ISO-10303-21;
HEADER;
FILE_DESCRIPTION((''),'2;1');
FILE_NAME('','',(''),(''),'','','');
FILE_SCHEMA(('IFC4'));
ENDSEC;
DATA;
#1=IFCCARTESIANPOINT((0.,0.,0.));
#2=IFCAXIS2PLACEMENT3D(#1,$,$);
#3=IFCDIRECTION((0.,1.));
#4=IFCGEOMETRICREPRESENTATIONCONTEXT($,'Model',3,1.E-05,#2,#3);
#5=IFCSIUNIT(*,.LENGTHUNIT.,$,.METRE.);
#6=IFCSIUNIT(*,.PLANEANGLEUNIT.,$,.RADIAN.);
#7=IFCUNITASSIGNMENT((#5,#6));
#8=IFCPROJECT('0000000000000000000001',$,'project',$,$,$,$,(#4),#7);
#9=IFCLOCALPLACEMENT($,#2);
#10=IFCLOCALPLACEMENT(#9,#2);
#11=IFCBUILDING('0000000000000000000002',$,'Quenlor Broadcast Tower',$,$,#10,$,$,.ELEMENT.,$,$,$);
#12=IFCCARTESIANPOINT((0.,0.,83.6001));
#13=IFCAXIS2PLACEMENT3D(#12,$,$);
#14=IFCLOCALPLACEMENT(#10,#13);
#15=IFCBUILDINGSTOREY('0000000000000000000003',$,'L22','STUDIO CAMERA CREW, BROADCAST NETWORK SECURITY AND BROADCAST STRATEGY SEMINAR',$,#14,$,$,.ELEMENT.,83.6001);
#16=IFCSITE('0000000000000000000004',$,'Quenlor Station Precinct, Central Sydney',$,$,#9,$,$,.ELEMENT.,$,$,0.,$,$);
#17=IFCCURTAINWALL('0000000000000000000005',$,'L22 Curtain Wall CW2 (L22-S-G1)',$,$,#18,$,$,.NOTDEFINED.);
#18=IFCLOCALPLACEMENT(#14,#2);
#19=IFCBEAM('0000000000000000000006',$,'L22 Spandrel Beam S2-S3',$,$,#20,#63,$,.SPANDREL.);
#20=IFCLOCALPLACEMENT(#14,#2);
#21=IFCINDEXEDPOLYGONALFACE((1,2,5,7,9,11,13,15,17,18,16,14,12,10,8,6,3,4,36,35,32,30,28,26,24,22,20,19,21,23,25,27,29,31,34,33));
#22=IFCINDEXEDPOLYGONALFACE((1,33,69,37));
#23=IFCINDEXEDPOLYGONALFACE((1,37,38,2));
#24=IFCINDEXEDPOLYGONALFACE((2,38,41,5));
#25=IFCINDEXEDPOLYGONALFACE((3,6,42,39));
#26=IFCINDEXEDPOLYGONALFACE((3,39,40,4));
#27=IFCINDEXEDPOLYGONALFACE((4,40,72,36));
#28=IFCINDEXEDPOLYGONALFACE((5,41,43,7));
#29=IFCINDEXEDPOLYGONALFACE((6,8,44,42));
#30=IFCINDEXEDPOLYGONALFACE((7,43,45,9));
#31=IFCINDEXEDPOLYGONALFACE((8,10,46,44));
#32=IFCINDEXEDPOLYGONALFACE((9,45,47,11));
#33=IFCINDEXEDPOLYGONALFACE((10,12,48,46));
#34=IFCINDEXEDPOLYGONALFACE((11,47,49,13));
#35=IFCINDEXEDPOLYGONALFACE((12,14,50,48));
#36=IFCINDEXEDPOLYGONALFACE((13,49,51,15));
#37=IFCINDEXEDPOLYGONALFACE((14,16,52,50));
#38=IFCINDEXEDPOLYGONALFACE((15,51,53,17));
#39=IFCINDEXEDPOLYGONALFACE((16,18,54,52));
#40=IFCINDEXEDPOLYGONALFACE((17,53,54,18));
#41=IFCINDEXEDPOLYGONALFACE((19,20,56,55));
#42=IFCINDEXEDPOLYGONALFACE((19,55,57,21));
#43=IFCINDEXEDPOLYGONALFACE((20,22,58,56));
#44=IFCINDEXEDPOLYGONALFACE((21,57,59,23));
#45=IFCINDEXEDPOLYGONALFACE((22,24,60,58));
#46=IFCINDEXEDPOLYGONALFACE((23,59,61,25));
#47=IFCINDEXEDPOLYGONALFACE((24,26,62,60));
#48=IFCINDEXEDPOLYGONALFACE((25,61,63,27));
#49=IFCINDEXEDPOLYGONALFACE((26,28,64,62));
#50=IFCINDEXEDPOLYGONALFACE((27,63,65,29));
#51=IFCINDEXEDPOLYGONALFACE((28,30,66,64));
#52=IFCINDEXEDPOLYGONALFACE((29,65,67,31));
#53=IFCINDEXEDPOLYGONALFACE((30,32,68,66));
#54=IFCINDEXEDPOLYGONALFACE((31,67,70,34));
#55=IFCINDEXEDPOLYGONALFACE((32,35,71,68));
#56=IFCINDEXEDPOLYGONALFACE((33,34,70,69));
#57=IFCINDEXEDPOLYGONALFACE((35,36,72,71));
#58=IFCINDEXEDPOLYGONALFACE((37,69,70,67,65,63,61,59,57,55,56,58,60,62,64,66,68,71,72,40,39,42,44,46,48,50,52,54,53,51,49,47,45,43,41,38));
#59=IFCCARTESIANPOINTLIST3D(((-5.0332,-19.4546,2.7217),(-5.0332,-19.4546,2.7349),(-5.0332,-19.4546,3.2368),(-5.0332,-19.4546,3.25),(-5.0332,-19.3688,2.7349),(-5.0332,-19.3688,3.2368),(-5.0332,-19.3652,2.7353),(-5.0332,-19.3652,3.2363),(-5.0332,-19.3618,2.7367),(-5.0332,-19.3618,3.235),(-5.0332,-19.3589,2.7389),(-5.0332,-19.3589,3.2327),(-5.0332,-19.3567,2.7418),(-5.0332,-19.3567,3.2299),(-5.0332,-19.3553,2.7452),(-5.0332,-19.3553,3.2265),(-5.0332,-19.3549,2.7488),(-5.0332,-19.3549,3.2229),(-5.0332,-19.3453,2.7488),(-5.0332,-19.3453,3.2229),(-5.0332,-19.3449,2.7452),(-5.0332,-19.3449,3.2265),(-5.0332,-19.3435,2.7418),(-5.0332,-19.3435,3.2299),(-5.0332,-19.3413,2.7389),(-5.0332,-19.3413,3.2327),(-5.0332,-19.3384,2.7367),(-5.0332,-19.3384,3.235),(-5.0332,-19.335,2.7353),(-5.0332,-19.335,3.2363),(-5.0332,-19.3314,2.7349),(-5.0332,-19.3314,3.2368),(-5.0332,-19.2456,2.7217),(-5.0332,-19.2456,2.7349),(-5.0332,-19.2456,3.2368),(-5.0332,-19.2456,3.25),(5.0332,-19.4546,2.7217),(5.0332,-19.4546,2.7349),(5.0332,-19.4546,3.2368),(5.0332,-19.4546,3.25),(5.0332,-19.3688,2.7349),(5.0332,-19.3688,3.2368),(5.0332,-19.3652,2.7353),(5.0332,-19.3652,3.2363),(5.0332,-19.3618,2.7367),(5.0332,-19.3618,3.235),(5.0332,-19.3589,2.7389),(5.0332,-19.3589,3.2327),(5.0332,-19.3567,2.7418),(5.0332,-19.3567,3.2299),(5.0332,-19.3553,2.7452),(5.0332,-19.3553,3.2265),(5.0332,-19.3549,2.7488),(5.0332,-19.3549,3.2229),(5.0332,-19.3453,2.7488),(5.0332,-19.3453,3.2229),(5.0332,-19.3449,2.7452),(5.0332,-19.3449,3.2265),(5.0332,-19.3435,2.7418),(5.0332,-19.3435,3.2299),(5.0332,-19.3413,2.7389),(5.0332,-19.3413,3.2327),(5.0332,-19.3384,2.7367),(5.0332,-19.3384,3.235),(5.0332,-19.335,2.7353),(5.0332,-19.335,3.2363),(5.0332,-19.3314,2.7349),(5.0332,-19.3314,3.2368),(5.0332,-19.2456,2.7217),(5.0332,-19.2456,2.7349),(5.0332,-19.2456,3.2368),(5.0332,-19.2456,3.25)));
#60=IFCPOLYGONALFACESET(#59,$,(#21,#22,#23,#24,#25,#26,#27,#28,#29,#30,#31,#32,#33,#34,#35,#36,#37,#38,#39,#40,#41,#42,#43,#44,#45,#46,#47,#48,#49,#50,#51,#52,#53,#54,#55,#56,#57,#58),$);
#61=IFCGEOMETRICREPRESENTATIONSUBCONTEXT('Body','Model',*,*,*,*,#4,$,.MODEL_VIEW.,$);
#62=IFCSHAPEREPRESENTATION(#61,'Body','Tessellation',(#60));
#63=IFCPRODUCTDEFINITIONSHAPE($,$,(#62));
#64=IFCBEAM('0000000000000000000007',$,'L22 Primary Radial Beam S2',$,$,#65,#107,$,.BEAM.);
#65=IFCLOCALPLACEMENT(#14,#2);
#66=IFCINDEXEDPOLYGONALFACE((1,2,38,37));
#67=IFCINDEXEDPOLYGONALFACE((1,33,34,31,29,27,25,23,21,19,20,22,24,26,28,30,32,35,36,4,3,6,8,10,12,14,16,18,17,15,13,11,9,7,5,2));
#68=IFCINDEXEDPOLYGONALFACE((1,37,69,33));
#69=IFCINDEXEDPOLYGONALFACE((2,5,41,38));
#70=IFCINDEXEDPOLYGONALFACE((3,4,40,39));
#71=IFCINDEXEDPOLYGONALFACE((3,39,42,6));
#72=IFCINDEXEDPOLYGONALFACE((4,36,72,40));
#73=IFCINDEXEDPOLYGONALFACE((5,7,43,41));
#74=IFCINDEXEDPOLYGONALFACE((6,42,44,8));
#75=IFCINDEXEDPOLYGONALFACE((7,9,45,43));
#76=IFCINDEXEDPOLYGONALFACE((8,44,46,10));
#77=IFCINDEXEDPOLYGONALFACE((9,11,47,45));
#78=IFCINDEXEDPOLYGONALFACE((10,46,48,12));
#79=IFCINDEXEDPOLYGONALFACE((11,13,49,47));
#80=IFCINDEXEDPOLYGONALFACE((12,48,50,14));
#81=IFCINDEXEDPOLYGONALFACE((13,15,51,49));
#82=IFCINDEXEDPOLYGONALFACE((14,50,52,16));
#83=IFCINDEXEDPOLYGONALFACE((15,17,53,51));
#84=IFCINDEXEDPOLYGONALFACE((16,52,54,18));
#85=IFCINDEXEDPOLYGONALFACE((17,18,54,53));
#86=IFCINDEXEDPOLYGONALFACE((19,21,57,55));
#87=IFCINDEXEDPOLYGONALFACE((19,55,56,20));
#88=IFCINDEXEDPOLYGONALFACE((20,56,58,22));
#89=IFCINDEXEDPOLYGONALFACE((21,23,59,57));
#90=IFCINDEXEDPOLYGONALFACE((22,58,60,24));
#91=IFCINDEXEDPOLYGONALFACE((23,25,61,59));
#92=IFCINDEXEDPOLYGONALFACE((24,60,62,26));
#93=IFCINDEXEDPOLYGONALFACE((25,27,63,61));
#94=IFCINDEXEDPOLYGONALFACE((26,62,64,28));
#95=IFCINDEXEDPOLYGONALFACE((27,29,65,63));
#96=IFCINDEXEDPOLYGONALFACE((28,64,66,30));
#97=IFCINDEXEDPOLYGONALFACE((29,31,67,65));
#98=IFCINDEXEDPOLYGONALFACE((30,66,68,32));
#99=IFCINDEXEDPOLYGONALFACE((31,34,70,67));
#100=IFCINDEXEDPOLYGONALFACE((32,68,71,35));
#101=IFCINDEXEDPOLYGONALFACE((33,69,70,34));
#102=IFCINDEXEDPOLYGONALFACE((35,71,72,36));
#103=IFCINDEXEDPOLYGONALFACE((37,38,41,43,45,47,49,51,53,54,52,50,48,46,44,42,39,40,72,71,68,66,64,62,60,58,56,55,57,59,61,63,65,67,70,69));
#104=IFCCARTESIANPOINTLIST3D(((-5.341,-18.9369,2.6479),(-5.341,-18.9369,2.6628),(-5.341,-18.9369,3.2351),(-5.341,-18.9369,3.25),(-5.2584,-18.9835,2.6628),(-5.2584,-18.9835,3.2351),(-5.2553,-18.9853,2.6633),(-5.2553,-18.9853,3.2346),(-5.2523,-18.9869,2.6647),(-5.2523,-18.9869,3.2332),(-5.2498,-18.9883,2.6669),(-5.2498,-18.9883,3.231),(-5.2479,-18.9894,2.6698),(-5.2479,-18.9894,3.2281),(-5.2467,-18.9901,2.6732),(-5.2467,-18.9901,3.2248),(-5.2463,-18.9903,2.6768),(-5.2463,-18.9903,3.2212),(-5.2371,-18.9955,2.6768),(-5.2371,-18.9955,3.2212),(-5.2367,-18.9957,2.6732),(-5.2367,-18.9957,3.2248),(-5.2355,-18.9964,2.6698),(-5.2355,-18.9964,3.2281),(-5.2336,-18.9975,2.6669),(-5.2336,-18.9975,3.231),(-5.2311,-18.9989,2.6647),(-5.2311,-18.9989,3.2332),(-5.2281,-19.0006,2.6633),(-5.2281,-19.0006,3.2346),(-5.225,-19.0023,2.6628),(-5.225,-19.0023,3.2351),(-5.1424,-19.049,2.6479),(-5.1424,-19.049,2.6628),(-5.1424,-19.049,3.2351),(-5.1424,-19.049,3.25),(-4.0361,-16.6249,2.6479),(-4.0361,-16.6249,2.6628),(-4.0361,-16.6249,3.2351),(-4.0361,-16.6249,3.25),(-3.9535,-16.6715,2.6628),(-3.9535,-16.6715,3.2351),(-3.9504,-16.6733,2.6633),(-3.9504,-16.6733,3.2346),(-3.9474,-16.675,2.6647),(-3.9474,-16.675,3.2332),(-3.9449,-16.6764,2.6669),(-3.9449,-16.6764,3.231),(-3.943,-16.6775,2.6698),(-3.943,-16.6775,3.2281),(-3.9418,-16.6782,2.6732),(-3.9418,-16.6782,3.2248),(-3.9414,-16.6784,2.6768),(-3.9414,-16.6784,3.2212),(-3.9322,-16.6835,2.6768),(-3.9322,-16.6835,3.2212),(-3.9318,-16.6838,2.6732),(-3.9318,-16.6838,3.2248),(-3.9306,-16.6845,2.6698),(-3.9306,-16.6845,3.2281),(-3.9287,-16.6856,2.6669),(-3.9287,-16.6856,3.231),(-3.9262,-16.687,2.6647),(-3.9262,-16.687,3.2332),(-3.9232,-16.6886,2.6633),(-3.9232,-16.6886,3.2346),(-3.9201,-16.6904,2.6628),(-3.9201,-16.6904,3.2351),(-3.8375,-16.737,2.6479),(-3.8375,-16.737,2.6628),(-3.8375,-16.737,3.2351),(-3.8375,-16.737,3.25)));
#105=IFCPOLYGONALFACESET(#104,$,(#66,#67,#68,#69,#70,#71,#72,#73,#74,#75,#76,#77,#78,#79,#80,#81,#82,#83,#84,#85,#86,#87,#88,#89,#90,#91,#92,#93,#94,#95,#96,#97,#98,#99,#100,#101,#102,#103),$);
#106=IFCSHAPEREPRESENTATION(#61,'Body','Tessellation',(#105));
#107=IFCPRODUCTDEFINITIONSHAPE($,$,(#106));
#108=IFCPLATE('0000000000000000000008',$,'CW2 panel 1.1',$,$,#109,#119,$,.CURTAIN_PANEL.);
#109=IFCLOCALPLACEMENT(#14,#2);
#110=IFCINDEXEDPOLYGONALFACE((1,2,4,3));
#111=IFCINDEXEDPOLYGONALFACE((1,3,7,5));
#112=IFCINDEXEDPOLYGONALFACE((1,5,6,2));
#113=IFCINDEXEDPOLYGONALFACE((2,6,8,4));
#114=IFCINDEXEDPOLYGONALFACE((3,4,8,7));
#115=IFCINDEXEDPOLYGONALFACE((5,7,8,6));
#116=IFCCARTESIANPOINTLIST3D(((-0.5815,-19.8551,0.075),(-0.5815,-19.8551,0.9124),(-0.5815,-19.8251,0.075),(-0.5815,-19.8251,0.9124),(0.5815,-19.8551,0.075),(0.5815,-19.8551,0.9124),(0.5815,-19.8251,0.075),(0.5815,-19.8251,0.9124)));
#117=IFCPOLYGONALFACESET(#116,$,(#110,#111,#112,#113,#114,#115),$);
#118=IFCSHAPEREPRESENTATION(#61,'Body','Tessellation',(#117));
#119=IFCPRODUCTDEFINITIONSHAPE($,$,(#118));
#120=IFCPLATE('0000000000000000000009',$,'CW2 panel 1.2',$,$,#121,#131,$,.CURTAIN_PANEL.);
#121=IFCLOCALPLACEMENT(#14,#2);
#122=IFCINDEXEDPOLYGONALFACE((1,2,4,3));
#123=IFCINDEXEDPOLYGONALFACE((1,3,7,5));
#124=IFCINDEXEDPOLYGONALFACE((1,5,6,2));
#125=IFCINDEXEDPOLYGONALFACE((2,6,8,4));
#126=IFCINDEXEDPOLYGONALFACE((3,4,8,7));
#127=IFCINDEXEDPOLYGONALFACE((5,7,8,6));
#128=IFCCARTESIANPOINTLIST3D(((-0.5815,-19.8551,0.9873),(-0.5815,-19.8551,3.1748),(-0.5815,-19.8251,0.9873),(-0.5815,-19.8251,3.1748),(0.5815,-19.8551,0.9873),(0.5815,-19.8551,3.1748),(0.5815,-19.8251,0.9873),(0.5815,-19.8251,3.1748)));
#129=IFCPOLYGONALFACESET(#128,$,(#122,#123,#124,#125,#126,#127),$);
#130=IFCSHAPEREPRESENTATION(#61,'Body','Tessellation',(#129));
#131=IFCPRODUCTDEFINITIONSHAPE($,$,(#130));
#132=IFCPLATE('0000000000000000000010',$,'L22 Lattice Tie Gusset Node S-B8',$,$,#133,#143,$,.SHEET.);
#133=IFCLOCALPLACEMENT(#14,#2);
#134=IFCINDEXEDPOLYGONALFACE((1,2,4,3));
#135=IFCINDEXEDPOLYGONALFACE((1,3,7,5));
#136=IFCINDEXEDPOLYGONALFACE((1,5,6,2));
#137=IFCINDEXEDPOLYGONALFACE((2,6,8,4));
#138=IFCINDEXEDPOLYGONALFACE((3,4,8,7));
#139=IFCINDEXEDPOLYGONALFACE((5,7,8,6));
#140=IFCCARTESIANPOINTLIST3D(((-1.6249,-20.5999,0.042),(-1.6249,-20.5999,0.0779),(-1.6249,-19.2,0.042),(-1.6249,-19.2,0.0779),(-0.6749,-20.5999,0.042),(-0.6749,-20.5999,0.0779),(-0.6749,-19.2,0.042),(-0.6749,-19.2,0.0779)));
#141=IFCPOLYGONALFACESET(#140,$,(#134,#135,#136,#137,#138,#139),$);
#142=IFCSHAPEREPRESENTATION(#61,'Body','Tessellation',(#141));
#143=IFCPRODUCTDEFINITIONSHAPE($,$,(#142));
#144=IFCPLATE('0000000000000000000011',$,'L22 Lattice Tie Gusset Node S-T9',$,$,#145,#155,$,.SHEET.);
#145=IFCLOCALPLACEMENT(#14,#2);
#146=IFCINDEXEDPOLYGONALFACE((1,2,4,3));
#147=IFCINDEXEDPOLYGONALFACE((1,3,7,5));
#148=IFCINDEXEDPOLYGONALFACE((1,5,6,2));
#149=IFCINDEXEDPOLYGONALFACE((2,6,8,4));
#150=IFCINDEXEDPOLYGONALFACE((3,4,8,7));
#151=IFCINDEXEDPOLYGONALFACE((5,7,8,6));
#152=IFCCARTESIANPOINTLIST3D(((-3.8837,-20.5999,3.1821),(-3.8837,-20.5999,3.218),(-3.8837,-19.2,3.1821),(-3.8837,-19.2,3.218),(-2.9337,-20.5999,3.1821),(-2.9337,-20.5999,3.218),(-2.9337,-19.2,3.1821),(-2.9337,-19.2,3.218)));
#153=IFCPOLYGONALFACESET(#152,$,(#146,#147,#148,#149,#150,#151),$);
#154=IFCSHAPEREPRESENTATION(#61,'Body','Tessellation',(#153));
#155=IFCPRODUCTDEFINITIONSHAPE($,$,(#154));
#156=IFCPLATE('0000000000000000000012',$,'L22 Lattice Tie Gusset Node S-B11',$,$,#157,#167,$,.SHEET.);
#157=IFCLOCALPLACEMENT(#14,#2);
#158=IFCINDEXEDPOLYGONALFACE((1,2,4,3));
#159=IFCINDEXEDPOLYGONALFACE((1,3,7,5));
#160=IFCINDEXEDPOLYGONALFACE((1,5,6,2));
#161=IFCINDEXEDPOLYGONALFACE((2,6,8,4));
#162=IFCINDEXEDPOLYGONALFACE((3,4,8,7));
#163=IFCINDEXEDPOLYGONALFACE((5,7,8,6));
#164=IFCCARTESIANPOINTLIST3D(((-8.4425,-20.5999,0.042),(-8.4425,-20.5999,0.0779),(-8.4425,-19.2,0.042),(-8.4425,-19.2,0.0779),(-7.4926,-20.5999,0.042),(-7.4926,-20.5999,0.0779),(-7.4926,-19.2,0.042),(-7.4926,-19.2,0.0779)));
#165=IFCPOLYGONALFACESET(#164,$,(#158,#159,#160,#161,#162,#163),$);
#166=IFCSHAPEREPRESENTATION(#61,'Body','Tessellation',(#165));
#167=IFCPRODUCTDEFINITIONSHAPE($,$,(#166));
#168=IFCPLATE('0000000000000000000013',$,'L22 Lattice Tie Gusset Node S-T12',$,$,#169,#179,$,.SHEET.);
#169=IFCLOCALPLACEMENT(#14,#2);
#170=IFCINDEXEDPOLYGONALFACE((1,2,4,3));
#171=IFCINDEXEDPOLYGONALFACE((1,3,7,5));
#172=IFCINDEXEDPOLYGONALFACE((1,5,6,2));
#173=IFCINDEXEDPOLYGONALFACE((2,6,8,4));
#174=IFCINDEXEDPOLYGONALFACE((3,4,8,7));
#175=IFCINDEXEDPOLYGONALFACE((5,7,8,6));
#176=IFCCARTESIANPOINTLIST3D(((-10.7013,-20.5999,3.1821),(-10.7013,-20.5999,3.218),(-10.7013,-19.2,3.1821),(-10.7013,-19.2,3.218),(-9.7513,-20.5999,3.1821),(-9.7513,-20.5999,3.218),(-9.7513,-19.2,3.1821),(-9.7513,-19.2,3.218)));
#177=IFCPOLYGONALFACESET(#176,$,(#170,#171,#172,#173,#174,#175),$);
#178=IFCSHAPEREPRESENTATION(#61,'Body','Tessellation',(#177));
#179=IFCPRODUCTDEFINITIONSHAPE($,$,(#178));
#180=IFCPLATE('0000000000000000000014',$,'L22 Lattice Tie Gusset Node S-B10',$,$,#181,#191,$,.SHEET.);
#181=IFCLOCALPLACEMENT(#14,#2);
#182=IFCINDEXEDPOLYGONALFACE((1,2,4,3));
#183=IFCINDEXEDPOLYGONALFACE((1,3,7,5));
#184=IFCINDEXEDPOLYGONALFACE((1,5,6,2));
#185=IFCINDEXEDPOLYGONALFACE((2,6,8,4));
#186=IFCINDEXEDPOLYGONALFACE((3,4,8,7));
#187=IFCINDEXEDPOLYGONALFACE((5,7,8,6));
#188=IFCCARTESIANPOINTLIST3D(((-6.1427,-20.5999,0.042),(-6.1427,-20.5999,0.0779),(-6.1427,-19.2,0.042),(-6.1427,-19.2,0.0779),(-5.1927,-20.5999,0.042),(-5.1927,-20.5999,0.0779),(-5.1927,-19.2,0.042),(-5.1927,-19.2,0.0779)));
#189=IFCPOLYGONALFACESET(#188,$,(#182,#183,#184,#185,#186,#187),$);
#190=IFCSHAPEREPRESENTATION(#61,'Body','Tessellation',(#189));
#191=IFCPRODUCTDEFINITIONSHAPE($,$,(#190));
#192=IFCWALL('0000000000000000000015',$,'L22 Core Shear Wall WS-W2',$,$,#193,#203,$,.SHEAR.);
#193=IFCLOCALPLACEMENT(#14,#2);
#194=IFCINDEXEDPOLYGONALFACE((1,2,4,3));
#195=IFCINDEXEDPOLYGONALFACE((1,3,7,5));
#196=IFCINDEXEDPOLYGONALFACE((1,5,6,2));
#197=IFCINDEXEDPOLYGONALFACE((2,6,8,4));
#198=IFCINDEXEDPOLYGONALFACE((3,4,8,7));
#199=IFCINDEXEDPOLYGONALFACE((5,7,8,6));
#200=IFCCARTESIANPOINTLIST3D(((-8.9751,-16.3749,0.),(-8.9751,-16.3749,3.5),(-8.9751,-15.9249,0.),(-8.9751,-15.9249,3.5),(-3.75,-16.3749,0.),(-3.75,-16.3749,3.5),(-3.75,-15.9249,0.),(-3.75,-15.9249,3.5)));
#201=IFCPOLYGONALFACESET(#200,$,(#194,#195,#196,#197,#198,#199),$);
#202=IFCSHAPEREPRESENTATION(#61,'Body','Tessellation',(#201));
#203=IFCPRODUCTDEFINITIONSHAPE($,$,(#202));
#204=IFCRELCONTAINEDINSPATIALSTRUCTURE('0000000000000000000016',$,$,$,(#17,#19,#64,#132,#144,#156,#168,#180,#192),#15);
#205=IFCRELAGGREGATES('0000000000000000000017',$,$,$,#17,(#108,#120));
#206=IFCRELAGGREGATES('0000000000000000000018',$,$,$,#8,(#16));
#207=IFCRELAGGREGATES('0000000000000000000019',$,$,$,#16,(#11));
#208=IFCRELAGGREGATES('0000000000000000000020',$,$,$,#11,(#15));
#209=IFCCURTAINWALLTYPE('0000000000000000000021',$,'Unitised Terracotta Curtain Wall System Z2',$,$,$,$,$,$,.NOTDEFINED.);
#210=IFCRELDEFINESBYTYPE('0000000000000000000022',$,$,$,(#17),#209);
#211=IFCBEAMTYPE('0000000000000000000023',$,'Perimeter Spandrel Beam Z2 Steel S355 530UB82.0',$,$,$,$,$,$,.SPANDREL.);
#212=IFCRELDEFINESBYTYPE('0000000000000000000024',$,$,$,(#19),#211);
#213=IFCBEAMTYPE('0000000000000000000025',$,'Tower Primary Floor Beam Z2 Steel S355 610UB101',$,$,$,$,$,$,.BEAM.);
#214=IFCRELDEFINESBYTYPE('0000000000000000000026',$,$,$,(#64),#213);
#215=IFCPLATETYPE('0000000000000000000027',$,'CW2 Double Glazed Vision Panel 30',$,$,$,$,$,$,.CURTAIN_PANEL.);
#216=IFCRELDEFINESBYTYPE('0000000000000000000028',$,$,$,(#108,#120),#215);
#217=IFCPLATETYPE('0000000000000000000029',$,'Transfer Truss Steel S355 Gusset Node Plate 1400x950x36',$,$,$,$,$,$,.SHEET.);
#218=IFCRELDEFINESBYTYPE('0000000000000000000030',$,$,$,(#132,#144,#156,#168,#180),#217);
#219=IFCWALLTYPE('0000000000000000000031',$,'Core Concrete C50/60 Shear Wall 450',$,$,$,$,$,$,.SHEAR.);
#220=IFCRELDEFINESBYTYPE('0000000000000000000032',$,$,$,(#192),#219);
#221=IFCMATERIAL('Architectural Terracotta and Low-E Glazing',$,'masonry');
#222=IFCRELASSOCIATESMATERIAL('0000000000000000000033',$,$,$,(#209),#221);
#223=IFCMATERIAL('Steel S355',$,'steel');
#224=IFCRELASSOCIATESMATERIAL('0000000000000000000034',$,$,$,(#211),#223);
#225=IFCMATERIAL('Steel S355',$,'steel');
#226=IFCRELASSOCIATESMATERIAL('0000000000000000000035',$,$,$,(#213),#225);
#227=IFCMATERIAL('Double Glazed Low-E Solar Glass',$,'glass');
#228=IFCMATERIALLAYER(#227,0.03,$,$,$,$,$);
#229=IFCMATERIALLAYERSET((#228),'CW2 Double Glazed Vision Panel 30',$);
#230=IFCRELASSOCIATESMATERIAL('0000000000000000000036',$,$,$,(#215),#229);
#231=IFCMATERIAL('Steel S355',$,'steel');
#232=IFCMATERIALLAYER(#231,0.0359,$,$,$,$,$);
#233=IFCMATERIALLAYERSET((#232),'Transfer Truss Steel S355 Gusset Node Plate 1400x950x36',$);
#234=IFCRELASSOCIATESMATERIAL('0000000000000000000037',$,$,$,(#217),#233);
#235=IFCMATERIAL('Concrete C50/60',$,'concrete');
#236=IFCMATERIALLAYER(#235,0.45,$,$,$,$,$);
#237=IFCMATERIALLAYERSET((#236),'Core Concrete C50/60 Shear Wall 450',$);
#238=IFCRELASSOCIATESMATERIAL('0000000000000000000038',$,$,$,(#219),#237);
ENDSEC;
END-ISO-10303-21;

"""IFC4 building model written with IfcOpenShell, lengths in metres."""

from ifc_helpers import new_model, si_unit, direction, frame, frame_2d, origin, origin_2d, place, context, subcontext, project, spatial, rectangle, i_section, extrude, material, layer, layer_set, material_profile, profile_set, type_object, element, aggregate, save


model = new_model("IFC4")

# Units and contexts
model_context = context("Model", 3, precision=1e-05, world=origin(), true_north=direction((0.0, 1.0)))
body_context = subcontext(model_context, "Body", "Model", "MODEL_VIEW")
ifc_project = project(units=[si_unit("LENGTHUNIT", "METRE"), si_unit("PLANEANGLEUNIT", "RADIAN")], contexts=[model_context])

# Site, building, storey
site_placement = place(None, origin())
site = spatial("IfcSite", under=ifc_project, at=site_placement, Name="Quenlor Station Precinct, Central Sydney", CompositionType="ELEMENT", RefElevation=0.0)
building_placement = place(site_placement, origin())
building = spatial("IfcBuilding", under=site, at=building_placement, Name="Quenlor Broadcast Tower", CompositionType="ELEMENT")
storey_placement = place(building_placement, frame((0.0, 0.0, 83.6001)))
storey = spatial("IfcBuildingStorey", under=building, at=storey_placement, Name="L22", Description="STUDIO CAMERA CREW, BROADCAST NETWORK SECURITY AND BROADCAST STRATEGY SEMINAR", CompositionType="ELEMENT", Elevation=83.6001)

# Curtain wall
ifc_material_1 = material(Name="Architectural Terracotta and Low-E Glazing", Category="masonry")
curtain_wall_type = type_object("IfcCurtainWallType", Name="Unitised Terracotta Curtain Wall System Z2", PredefinedType="NOTDEFINED", material=ifc_material_1)
curtain_wall_placement = place(storey_placement, origin())
curtain_wall = element("IfcCurtainWall", 1, at=curtain_wall_placement, inside=storey, type_object=curtain_wall_type, Name="L22 Curtain Wall CW2 (L22-S-G1)", PredefinedType="NOTDEFINED")

# Beams
ifc_material_2 = material(Name="Steel S355", Category="steel")
ifc_material_profile_1 = material_profile(ifc_material_2, i_section(OverallWidth=0.209, OverallDepth=0.5283, WebThickness=0.0095, FlangeThickness=0.0132, FilletRadius=0.0139, at=origin_2d()))
ifc_profile_set_1 = profile_set([ifc_material_profile_1], Name="Steel S355 530UB82.0")
beam_type_1 = type_object("IfcBeamType", Name="Perimeter Spandrel Beam Z2 Steel S355 530UB82.0", PredefinedType="SPANDREL", material=ifc_profile_set_1)
beam_1_placement = place(storey_placement, frame((-5.0332, -19.3501, 2.9858), z_axis=(1.0, 0.0, 0.0), x_axis=(0.0, 1.0, 0.0)))
element("IfcBeam", 2, at=beam_1_placement, inside=storey, type_object=beam_type_1, Name="L22 Spandrel Beam S2-S3", PredefinedType="SPANDREL", context=body_context, shape_type="SweptSolid", body=[
    extrude(i_section(OverallWidth=0.209, OverallDepth=0.5283, WebThickness=0.0095, FlangeThickness=0.0132, FilletRadius=0.0139, at=origin_2d()), origin(), (0.0, 0.0, 1.0), 10.0664),
])
ifc_material_3 = material(Name="Steel S355", Category="steel")
ifc_material_profile_2 = material_profile(ifc_material_3, i_section(OverallWidth=0.228, OverallDepth=0.6021, WebThickness=0.0105, FlangeThickness=0.0149, FilletRadius=0.0139, at=origin_2d()))
ifc_profile_set_2 = profile_set([ifc_material_profile_2], Name="Steel S355 610UB101")
beam_type_2 = type_object("IfcBeamType", Name="Tower Primary Floor Beam Z2 Steel S355 610UB101", PredefinedType="BEAM", material=ifc_profile_set_2)
beam_2_placement = place(storey_placement, frame((-5.2417, -18.9929, 2.949), z_axis=(0.491527, 0.870862, 0.0), x_axis=(-0.870862, 0.491527, 0.0)))
element("IfcBeam", 3, at=beam_2_placement, inside=storey, type_object=beam_type_2, Name="L22 Primary Radial Beam S2", PredefinedType="BEAM", context=body_context, shape_type="SweptSolid", body=[
    extrude(i_section(OverallWidth=0.228, OverallDepth=0.6021, WebThickness=0.0105, FlangeThickness=0.0149, FilletRadius=0.0139, at=origin_2d()), origin(), (0.0, 0.0, 1.0), 2.6548),
])

# Plates
ifc_material_4 = material(Name="Double Glazed Low-E Solar Glass", Category="glass")
ifc_layer_1 = layer(ifc_material_4, 0.03)
ifc_layer_set_1 = layer_set([ifc_layer_1], Name="CW2 Double Glazed Vision Panel 30")
plate_type_1 = type_object("IfcPlateType", Name="CW2 Double Glazed Vision Panel 30", PredefinedType="CURTAIN_PANEL", material=ifc_layer_set_1)
plate_1_placement = place(storey_placement, frame((0.0, -19.8401, 0.075), z_axis=(0.0, 0.0, 1.0), x_axis=(-1.0, 0.0, 0.0)))
plate_1 = element("IfcPlate", 4, at=plate_1_placement, type_object=plate_type_1, Name="CW2 panel 1.1", PredefinedType="CURTAIN_PANEL", context=body_context, shape_type="SweptSolid", body=[
    extrude(rectangle(XDim=1.1631, YDim=0.03, at=origin_2d()), origin(), (0.0, 0.0, 1.0), 0.8374),
])
plate_2_placement = place(storey_placement, frame((0.0, -19.8401, 0.9873), z_axis=(0.0, 0.0, 1.0), x_axis=(-1.0, 0.0, 0.0)))
plate_2 = element("IfcPlate", 5, at=plate_2_placement, type_object=plate_type_1, Name="CW2 panel 1.2", PredefinedType="CURTAIN_PANEL", context=body_context, shape_type="SweptSolid", body=[
    extrude(rectangle(XDim=1.1631, YDim=0.03, at=origin_2d()), origin(), (0.0, 0.0, 1.0), 2.1875),
])
aggregate(curtain_wall, [plate_1, plate_2])

# Plates
ifc_material_5 = material(Name="Steel S355", Category="steel")
ifc_layer_2 = layer(ifc_material_5, 0.0359)
ifc_layer_set_2 = layer_set([ifc_layer_2], Name="Transfer Truss Steel S355 Gusset Node Plate 1400x950x36")
plate_type_2 = type_object("IfcPlateType", Name="Transfer Truss Steel S355 Gusset Node Plate 1400x950x36", PredefinedType="SHEET", material=ifc_layer_set_2)
for number, where, z_axis, x_axis, name in (
    (6, (-1.1499, -19.8999, 0.042), (0.0, 0.0, 1.0), (0.0, -1.0, 0.0), "L22 Lattice Tie Gusset Node S-B8"),
    (7, (-3.4087, -19.8999, 3.1821), (0.0, 0.0, 1.0), (0.0, -1.0, 0.0), "L22 Lattice Tie Gusset Node S-T9"),
    (8, (-7.9675, -19.8999, 0.042), (0.0, 0.0, 1.0), (0.0, -1.0, 0.0), "L22 Lattice Tie Gusset Node S-B11"),
    (9, (-10.2263, -19.8999, 3.1821), (0.0, 0.0, 1.0), (0.0, -1.0, 0.0), "L22 Lattice Tie Gusset Node S-T12"),
    (10, (-5.6677, -19.8999, 0.042), (0.0, 0.0, 1.0), (0.0, -1.0, 0.0), "L22 Lattice Tie Gusset Node S-B10"),
):
    element("IfcPlate", number, at=place(storey_placement, frame(where, z_axis=z_axis, x_axis=x_axis)), inside=storey, type_object=plate_type_2, Name=name, PredefinedType="SHEET", context=body_context, shape_type="SweptSolid", body=[
        extrude(rectangle(XDim=1.3999, YDim=0.95, at=origin_2d()), origin(), (0.0, 0.0, 1.0), 0.0359),
    ])

# Wall
ifc_material_6 = material(Name="Concrete C50/60", Category="concrete")
ifc_layer_3 = layer(ifc_material_6, 0.45)
ifc_layer_set_3 = layer_set([ifc_layer_3], Name="Core Concrete C50/60 Shear Wall 450")
wall_type_1 = type_object("IfcWallType", Name="Core Concrete C50/60 Shear Wall 450", PredefinedType="SHEAR", material=ifc_layer_set_3)
wall_1_placement = place(storey_placement, frame((-8.9751, -16.1499, 0.0), z_axis=(0.0, 0.0, 1.0), x_axis=(1.0, 0.0, 0.0)))
element("IfcWall", 11, at=wall_1_placement, inside=storey, type_object=wall_type_1, Name="L22 Core Shear Wall WS-W2", PredefinedType="SHEAR", context=body_context, shape_type="SweptSolid", body=[
    extrude(rectangle(XDim=5.2251, YDim=0.45, at=frame_2d((2.6125, 0.0))), origin(), (0.0, 0.0, 1.0), 3.5),
])

save(model, "model.ifc")
